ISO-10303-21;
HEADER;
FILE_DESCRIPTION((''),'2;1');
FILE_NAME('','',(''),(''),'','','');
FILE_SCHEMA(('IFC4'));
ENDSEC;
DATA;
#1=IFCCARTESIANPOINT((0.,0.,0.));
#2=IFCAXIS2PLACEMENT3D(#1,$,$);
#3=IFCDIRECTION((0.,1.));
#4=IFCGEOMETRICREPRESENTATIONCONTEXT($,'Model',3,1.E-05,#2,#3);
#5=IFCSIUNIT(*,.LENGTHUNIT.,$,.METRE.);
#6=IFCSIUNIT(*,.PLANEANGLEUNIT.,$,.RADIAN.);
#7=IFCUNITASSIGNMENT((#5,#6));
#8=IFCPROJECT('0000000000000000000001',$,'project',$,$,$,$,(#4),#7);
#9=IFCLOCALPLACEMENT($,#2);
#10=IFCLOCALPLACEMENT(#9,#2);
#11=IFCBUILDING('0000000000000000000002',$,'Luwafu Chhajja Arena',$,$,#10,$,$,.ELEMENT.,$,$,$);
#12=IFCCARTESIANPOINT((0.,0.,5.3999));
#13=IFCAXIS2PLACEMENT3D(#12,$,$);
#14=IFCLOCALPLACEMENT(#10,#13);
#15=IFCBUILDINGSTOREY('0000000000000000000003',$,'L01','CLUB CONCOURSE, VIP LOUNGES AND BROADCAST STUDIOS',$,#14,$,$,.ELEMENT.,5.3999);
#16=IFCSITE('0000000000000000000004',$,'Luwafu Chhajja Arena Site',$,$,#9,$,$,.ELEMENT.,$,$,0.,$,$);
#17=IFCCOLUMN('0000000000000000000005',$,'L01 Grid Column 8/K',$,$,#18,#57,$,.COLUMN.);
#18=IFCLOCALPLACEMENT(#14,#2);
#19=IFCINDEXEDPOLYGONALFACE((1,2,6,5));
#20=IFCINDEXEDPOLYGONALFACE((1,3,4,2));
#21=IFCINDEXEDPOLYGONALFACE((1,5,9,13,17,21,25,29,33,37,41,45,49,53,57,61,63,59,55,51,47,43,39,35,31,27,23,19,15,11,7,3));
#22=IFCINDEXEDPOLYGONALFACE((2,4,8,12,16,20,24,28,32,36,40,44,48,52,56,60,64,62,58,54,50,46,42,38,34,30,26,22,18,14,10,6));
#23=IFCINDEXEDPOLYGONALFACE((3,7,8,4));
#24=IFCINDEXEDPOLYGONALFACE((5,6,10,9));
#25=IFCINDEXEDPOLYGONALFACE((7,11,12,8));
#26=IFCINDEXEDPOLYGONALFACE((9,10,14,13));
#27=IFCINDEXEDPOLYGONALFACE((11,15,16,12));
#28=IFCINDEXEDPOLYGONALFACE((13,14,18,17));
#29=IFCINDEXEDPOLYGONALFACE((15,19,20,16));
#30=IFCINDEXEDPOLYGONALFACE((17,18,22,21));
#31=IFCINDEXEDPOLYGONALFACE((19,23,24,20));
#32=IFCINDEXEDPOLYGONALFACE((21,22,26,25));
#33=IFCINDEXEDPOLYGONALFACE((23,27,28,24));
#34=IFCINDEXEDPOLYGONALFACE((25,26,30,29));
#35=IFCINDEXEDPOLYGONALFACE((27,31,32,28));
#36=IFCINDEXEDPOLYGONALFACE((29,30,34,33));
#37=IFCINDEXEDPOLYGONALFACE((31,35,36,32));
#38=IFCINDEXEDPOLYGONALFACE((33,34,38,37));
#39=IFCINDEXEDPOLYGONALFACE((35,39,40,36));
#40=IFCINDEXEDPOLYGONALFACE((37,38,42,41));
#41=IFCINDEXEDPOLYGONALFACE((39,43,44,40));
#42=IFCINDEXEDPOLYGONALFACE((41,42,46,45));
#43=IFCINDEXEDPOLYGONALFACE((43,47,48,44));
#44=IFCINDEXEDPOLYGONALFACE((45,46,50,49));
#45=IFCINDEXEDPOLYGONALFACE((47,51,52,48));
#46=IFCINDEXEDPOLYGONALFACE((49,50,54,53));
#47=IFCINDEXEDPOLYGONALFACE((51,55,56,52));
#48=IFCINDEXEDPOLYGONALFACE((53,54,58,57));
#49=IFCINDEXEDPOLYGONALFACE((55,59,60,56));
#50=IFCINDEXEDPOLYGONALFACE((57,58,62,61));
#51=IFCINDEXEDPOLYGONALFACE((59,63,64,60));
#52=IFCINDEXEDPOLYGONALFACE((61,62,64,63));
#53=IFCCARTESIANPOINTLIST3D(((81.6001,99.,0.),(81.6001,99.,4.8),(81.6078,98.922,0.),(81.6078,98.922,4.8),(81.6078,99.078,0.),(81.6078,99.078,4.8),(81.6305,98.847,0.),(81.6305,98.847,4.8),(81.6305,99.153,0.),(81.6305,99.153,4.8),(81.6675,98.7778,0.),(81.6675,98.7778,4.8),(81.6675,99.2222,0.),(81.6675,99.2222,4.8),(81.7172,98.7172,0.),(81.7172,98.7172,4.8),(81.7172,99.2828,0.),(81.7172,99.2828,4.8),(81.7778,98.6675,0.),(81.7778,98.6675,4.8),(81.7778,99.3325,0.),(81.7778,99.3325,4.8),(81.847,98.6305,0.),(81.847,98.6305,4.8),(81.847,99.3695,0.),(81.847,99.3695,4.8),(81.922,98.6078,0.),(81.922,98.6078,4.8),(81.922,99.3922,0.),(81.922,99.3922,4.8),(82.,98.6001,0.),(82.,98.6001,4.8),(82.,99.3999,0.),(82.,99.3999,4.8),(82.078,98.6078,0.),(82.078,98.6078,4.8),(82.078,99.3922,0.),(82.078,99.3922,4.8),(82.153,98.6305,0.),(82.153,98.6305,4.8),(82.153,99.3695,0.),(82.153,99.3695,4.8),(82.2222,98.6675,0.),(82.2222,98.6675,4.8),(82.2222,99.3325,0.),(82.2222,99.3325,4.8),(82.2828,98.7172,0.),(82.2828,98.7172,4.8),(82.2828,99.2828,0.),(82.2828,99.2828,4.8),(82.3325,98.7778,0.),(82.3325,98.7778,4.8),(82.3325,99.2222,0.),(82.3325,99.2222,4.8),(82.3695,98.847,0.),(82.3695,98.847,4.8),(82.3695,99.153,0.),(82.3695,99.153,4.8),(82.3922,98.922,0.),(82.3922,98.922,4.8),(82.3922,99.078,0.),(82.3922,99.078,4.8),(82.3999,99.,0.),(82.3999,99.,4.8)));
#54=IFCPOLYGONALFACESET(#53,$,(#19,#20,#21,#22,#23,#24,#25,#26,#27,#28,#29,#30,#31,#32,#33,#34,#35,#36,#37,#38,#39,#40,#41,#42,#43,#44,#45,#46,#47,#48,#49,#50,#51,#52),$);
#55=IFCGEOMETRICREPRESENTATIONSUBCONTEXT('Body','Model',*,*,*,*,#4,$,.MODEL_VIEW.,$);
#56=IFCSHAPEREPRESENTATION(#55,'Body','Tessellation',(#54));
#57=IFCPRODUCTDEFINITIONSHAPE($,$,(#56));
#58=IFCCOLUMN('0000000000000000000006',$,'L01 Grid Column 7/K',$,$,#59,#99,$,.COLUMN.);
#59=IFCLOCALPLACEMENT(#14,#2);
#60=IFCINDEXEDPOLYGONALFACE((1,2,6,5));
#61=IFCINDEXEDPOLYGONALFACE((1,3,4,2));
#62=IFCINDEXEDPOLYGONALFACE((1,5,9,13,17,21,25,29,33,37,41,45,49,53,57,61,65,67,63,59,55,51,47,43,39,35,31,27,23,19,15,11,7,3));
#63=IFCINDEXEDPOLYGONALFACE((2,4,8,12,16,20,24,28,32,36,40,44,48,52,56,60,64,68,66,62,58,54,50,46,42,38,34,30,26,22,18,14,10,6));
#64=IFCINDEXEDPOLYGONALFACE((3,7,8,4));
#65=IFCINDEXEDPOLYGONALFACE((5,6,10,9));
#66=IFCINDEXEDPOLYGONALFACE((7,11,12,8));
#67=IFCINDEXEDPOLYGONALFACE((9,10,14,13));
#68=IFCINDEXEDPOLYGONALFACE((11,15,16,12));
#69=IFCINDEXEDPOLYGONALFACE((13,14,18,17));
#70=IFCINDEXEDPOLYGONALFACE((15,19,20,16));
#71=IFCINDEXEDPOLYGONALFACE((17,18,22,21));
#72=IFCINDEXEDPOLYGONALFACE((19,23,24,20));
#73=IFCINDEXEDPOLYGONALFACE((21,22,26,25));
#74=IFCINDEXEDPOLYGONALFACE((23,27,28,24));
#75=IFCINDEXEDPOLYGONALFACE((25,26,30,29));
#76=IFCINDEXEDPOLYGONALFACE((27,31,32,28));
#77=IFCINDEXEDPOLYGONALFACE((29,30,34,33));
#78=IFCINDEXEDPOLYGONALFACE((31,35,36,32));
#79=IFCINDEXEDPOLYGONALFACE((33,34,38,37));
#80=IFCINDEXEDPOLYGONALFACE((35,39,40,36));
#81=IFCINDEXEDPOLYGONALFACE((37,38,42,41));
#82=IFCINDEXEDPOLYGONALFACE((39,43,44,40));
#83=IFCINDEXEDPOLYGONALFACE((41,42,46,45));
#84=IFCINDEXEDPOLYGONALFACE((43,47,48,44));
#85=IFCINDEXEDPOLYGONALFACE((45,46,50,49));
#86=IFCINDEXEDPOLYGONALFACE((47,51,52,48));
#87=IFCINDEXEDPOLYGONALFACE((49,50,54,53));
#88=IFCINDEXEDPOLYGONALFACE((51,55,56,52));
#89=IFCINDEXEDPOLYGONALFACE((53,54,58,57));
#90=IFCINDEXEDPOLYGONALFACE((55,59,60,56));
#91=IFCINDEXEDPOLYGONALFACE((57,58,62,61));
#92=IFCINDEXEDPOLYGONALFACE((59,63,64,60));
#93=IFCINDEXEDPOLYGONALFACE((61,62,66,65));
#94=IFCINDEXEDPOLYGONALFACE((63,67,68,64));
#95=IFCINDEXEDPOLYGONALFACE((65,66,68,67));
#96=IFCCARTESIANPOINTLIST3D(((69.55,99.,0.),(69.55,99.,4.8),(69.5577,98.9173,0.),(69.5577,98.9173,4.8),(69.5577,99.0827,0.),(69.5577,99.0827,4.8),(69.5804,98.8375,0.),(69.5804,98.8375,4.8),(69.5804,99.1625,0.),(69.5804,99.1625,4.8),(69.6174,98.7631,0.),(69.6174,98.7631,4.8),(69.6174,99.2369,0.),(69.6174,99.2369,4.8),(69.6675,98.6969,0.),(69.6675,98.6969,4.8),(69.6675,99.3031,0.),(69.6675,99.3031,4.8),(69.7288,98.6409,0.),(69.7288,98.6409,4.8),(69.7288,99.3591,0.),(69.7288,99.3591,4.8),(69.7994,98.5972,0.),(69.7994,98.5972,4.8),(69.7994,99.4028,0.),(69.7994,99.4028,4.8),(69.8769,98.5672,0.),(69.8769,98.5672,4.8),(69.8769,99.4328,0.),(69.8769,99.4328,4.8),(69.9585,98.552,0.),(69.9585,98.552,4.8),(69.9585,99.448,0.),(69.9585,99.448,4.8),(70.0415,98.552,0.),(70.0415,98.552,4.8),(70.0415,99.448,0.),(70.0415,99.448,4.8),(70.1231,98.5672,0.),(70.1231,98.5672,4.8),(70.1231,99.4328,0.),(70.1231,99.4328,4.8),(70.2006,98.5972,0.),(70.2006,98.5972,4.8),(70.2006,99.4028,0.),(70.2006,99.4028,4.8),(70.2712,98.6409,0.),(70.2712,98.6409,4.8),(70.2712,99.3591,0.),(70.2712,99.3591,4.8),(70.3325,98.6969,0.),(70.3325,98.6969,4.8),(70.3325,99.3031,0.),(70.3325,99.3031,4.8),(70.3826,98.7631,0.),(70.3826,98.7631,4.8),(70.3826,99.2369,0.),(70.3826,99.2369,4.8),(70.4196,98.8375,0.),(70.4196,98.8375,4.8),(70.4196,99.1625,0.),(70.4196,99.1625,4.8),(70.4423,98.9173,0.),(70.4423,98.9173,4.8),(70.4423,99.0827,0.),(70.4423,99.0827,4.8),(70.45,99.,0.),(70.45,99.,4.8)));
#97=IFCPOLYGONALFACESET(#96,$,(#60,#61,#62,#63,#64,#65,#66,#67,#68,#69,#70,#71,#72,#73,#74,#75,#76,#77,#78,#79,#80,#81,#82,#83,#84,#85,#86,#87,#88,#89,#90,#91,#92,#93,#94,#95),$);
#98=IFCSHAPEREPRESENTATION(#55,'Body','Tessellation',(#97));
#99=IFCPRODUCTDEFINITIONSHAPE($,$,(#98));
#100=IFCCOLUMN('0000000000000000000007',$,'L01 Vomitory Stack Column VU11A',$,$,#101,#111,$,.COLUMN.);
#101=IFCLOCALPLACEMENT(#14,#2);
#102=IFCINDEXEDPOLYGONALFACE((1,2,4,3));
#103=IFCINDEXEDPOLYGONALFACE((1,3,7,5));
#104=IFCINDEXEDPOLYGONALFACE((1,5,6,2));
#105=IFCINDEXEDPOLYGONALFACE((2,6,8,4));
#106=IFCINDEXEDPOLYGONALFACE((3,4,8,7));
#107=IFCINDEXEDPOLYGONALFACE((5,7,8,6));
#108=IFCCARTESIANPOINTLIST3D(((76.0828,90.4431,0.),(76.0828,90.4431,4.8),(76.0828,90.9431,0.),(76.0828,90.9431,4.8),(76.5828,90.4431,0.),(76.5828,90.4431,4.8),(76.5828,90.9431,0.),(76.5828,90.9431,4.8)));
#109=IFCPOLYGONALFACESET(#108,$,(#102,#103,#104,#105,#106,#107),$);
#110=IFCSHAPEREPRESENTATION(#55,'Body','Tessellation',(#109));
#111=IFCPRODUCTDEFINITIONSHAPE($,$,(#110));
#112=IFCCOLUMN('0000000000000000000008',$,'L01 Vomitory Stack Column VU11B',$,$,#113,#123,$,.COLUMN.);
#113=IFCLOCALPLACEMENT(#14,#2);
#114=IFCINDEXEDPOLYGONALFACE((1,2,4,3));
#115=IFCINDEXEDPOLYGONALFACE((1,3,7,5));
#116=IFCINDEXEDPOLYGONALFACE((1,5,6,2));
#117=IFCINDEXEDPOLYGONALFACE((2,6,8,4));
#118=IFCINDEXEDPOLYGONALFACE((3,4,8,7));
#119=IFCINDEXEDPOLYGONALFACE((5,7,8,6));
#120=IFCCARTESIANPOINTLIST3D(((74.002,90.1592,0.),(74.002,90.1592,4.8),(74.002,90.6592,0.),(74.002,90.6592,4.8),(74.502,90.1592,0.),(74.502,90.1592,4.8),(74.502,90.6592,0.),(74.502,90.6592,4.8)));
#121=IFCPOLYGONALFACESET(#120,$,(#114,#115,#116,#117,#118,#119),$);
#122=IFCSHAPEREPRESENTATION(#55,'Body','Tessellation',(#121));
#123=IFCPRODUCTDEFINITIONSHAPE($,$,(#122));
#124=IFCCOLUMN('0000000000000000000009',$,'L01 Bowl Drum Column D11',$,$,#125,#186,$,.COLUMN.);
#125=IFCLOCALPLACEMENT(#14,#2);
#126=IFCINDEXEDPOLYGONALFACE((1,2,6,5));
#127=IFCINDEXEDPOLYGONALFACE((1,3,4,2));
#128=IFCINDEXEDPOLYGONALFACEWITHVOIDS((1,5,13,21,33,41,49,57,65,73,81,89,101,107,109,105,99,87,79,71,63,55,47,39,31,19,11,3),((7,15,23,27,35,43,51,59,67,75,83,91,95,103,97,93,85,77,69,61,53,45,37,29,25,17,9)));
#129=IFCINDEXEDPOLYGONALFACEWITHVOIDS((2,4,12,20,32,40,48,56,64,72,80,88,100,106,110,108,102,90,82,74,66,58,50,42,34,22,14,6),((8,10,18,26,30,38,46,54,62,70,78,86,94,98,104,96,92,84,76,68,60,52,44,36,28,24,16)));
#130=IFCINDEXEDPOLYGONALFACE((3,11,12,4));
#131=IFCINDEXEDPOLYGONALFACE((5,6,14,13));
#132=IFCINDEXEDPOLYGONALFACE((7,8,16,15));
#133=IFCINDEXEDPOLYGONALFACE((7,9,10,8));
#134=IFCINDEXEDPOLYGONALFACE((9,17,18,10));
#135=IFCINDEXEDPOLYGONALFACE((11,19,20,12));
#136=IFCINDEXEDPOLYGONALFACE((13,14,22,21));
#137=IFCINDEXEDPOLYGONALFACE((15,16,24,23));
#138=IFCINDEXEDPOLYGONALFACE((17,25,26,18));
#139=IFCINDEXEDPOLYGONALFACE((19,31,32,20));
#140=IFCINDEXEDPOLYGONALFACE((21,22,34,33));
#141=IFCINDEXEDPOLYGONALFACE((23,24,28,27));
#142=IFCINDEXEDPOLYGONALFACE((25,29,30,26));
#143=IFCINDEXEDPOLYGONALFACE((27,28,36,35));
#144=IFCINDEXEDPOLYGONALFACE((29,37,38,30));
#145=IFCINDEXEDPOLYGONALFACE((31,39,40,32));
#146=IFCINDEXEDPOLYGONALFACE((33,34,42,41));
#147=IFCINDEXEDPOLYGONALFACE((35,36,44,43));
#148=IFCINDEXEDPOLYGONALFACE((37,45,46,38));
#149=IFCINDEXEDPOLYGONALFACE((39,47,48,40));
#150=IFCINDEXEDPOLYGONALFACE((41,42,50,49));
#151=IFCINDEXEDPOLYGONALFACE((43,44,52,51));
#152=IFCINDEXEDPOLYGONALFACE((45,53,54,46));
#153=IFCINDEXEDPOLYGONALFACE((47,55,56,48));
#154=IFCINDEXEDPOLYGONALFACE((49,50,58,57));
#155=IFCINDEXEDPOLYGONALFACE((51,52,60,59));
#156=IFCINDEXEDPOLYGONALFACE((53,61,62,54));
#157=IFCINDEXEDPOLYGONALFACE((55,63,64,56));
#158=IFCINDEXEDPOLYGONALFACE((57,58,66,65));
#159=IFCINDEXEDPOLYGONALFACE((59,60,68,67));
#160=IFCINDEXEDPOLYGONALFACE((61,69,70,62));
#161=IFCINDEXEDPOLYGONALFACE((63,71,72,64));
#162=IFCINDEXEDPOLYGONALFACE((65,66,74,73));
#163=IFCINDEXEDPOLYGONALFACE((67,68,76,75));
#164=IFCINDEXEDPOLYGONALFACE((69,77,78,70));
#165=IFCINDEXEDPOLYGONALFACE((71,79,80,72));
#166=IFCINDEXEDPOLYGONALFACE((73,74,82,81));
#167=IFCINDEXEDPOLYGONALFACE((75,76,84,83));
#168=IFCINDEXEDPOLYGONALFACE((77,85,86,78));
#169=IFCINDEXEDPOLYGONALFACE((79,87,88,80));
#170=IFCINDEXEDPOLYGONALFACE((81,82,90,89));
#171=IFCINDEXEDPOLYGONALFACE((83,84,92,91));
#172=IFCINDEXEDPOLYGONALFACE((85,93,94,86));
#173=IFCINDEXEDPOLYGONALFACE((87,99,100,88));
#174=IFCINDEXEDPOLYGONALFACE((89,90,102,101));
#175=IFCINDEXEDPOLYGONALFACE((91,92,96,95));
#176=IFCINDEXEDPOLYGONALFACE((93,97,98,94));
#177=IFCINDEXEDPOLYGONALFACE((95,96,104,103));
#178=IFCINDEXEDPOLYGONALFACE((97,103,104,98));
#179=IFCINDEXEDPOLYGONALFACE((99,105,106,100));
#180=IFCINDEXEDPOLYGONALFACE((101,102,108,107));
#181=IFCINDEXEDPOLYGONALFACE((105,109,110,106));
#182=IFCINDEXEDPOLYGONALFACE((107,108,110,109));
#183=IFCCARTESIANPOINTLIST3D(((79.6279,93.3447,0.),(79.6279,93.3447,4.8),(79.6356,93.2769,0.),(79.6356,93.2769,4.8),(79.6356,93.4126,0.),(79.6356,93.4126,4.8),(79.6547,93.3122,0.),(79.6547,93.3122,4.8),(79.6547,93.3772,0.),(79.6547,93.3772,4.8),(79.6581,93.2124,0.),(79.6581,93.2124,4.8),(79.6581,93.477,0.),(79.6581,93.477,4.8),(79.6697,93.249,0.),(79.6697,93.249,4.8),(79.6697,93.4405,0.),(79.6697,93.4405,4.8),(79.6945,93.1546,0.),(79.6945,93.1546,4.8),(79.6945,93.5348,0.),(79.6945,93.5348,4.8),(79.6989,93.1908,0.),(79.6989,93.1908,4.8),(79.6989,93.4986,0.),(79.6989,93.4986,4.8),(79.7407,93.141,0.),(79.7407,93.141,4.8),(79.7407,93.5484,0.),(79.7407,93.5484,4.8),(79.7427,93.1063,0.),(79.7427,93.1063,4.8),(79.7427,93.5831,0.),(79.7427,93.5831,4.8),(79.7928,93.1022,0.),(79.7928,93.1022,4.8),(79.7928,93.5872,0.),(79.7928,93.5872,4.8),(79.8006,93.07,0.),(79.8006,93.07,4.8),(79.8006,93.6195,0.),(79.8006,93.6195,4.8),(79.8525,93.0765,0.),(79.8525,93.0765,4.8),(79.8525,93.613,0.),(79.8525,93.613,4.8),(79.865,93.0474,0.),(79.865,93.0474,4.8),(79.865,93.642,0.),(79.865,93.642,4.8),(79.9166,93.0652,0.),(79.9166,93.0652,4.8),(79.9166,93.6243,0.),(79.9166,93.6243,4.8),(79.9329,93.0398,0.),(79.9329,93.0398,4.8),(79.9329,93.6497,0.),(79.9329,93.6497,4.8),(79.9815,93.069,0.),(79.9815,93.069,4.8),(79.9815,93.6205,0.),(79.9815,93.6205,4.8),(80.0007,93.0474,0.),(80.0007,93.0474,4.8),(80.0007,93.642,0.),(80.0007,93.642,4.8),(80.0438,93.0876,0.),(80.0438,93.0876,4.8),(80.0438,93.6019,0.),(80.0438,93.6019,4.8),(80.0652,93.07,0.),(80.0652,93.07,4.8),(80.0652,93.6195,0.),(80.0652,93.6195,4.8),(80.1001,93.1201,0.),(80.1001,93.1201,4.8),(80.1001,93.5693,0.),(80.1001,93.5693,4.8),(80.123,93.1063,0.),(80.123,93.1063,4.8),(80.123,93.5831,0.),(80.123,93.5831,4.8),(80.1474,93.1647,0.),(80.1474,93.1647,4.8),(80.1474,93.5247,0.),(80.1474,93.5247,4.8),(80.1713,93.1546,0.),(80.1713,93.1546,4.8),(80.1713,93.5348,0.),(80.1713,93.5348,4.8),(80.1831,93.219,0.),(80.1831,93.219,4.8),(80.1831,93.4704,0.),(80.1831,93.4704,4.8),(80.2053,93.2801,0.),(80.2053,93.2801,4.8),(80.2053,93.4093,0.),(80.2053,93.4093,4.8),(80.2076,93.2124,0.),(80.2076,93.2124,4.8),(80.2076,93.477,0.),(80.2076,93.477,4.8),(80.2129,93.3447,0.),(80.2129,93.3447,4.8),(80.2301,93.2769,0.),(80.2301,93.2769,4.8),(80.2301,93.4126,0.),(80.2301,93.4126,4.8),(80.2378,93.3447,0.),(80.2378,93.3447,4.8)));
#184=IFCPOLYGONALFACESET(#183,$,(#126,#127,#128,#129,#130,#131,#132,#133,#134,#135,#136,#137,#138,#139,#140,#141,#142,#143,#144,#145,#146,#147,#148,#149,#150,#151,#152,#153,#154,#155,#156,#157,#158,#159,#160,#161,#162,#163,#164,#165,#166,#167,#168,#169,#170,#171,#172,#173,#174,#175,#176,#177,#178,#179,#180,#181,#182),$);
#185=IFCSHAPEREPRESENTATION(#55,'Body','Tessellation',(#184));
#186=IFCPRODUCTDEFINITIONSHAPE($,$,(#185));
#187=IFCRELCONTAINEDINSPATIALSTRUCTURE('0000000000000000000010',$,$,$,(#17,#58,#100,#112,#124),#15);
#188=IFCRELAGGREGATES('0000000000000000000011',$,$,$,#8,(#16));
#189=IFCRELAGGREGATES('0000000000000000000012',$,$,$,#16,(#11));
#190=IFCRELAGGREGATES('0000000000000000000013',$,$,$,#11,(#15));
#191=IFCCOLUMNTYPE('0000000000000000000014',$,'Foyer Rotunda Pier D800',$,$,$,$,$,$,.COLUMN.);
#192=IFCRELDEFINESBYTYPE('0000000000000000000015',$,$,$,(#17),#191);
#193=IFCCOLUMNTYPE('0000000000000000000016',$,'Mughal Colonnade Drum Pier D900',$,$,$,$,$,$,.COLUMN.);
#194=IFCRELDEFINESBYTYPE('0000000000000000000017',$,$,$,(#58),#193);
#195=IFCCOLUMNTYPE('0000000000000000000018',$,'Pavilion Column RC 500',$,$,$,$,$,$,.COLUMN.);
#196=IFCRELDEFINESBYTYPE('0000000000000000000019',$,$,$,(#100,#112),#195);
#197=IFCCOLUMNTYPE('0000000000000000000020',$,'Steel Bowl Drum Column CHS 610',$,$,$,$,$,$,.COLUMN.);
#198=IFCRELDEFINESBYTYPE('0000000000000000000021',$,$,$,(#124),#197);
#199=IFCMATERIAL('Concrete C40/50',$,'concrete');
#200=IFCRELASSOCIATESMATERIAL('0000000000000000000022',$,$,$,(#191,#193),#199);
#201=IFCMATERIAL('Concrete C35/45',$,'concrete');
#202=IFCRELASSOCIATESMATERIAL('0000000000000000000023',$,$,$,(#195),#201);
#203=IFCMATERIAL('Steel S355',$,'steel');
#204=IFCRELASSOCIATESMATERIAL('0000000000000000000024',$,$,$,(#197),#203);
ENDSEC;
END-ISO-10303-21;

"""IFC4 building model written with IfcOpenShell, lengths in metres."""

from ifc_helpers import new_model, si_unit, direction, frame, origin, origin_2d, place, context, subcontext, project, spatial, rectangle, circle, hollow_circle, extrude, material, material_profile, profile_set, type_object, element, save


model = new_model("IFC4")

# Units and contexts
model_context = context("Model", 3, precision=1e-05, world=origin(), true_north=direction((0.0, 1.0)))
body_context = subcontext(model_context, "Body", "Model", "MODEL_VIEW")
ifc_project = project(units=[si_unit("LENGTHUNIT", "METRE"), si_unit("PLANEANGLEUNIT", "RADIAN")], contexts=[model_context])

# Site, building, storey
site_placement = place(None, origin())
site = spatial("IfcSite", under=ifc_project, at=site_placement, Name="Luwafu Chhajja Arena Site", CompositionType="ELEMENT", RefElevation=0.0)
building_placement = place(site_placement, origin())
building = spatial("IfcBuilding", under=site, at=building_placement, Name="Luwafu Chhajja Arena", CompositionType="ELEMENT")
storey_placement = place(building_placement, frame((0.0, 0.0, 5.3999)))
storey = spatial("IfcBuildingStorey", under=building, at=storey_placement, Name="L01", Description="CLUB CONCOURSE, VIP LOUNGES AND BROADCAST STUDIOS", CompositionType="ELEMENT", Elevation=5.3999)

# Columns
ifc_material_1 = material(Name="Concrete C40/50", Category="concrete")
ifc_material_profile_1 = material_profile(ifc_material_1, circle(Radius=0.3999, at=origin_2d()), Name="RC COL D800")
ifc_profile_set_1 = profile_set([ifc_material_profile_1], Name="Concrete C40/50")
column_type_1 = type_object("IfcColumnType", Name="Foyer Rotunda Pier D800", PredefinedType="COLUMN", material=ifc_profile_set_1)
column_1_placement = place(storey_placement, frame((82.0, 99.0, 0.0), z_axis=(0.0, 0.0, 1.0), x_axis=(1.0, 0.0, 0.0)))
element("IfcColumn", 1, at=column_1_placement, inside=storey, type_object=column_type_1, Name="L01 Grid Column 8/K", PredefinedType="COLUMN", context=body_context, shape_type="SweptSolid", body=[
    extrude(circle(Radius=0.3999, at=origin_2d()), origin(), (0.0, 0.0, 1.0), 4.8),
])
ifc_material_profile_2 = material_profile(ifc_material_1, circle(Radius=0.45, at=origin_2d()), Name="RC COL D900")
ifc_profile_set_2 = profile_set([ifc_material_profile_2], Name="Concrete C40/50")
column_type_2 = type_object("IfcColumnType", Name="Mughal Colonnade Drum Pier D900", PredefinedType="COLUMN", material=ifc_profile_set_2)
column_2_placement = place(storey_placement, frame((70.0, 99.0, 0.0), z_axis=(0.0, 0.0, 1.0), x_axis=(1.0, 0.0, 0.0)))
element("IfcColumn", 2, at=column_2_placement, inside=storey, type_object=column_type_2, Name="L01 Grid Column 7/K", PredefinedType="COLUMN", context=body_context, shape_type="SweptSolid", body=[
    extrude(circle(Radius=0.45, at=origin_2d()), origin(), (0.0, 0.0, 1.0), 4.8),
])
ifc_material_2 = material(Name="Concrete C35/45", Category="concrete")
ifc_material_profile_3 = material_profile(ifc_material_2, rectangle(XDim=0.5, YDim=0.5, at=origin_2d()), Name="RC 500x500")
ifc_profile_set_3 = profile_set([ifc_material_profile_3], Name="Concrete C35/45")
column_type_3 = type_object("IfcColumnType", Name="Pavilion Column RC 500", PredefinedType="COLUMN", material=ifc_profile_set_3)
for number, where, z_axis, x_axis, name in (
    (3, (76.3328, 90.6931, 0.0), (0.0, 0.0, 1.0), (1.0, 0.0, 0.0), "L01 Vomitory Stack Column VU11A"),
    (4, (74.252, 90.4092, 0.0), (0.0, 0.0, 1.0), (1.0, 0.0, 0.0), "L01 Vomitory Stack Column VU11B"),
):
    element("IfcColumn", number, at=place(storey_placement, frame(where, z_axis=z_axis, x_axis=x_axis)), inside=storey, type_object=column_type_3, Name=name, PredefinedType="COLUMN", context=body_context, shape_type="SweptSolid", body=[
        extrude(rectangle(XDim=0.5, YDim=0.5, at=origin_2d()), origin(), (0.0, 0.0, 1.0), 4.8),
    ])
ifc_material_3 = material(Name="Steel S355", Category="steel")
ifc_material_profile_4 = material_profile(ifc_material_3, hollow_circle(Radius=0.3049, WallThickness=0.0249, at=origin_2d()), Name="CHS 610x25")
ifc_profile_set_4 = profile_set([ifc_material_profile_4], Name="Steel S355")
column_type_4 = type_object("IfcColumnType", Name="Steel Bowl Drum Column CHS 610", PredefinedType="COLUMN", material=ifc_profile_set_4)
column_3_placement = place(storey_placement, frame((79.9329, 93.3447, 0.0), z_axis=(0.0, 0.0, 1.0), x_axis=(1.0, 0.0, 0.0)))
element("IfcColumn", 5, at=column_3_placement, inside=storey, type_object=column_type_4, Name="L01 Bowl Drum Column D11", PredefinedType="COLUMN", context=body_context, shape_type="SweptSolid", body=[
    extrude(hollow_circle(Radius=0.3049, WallThickness=0.0249, at=origin_2d()), origin(), (0.0, 0.0, 1.0), 4.8),
])

save(model, "model.ifc")
